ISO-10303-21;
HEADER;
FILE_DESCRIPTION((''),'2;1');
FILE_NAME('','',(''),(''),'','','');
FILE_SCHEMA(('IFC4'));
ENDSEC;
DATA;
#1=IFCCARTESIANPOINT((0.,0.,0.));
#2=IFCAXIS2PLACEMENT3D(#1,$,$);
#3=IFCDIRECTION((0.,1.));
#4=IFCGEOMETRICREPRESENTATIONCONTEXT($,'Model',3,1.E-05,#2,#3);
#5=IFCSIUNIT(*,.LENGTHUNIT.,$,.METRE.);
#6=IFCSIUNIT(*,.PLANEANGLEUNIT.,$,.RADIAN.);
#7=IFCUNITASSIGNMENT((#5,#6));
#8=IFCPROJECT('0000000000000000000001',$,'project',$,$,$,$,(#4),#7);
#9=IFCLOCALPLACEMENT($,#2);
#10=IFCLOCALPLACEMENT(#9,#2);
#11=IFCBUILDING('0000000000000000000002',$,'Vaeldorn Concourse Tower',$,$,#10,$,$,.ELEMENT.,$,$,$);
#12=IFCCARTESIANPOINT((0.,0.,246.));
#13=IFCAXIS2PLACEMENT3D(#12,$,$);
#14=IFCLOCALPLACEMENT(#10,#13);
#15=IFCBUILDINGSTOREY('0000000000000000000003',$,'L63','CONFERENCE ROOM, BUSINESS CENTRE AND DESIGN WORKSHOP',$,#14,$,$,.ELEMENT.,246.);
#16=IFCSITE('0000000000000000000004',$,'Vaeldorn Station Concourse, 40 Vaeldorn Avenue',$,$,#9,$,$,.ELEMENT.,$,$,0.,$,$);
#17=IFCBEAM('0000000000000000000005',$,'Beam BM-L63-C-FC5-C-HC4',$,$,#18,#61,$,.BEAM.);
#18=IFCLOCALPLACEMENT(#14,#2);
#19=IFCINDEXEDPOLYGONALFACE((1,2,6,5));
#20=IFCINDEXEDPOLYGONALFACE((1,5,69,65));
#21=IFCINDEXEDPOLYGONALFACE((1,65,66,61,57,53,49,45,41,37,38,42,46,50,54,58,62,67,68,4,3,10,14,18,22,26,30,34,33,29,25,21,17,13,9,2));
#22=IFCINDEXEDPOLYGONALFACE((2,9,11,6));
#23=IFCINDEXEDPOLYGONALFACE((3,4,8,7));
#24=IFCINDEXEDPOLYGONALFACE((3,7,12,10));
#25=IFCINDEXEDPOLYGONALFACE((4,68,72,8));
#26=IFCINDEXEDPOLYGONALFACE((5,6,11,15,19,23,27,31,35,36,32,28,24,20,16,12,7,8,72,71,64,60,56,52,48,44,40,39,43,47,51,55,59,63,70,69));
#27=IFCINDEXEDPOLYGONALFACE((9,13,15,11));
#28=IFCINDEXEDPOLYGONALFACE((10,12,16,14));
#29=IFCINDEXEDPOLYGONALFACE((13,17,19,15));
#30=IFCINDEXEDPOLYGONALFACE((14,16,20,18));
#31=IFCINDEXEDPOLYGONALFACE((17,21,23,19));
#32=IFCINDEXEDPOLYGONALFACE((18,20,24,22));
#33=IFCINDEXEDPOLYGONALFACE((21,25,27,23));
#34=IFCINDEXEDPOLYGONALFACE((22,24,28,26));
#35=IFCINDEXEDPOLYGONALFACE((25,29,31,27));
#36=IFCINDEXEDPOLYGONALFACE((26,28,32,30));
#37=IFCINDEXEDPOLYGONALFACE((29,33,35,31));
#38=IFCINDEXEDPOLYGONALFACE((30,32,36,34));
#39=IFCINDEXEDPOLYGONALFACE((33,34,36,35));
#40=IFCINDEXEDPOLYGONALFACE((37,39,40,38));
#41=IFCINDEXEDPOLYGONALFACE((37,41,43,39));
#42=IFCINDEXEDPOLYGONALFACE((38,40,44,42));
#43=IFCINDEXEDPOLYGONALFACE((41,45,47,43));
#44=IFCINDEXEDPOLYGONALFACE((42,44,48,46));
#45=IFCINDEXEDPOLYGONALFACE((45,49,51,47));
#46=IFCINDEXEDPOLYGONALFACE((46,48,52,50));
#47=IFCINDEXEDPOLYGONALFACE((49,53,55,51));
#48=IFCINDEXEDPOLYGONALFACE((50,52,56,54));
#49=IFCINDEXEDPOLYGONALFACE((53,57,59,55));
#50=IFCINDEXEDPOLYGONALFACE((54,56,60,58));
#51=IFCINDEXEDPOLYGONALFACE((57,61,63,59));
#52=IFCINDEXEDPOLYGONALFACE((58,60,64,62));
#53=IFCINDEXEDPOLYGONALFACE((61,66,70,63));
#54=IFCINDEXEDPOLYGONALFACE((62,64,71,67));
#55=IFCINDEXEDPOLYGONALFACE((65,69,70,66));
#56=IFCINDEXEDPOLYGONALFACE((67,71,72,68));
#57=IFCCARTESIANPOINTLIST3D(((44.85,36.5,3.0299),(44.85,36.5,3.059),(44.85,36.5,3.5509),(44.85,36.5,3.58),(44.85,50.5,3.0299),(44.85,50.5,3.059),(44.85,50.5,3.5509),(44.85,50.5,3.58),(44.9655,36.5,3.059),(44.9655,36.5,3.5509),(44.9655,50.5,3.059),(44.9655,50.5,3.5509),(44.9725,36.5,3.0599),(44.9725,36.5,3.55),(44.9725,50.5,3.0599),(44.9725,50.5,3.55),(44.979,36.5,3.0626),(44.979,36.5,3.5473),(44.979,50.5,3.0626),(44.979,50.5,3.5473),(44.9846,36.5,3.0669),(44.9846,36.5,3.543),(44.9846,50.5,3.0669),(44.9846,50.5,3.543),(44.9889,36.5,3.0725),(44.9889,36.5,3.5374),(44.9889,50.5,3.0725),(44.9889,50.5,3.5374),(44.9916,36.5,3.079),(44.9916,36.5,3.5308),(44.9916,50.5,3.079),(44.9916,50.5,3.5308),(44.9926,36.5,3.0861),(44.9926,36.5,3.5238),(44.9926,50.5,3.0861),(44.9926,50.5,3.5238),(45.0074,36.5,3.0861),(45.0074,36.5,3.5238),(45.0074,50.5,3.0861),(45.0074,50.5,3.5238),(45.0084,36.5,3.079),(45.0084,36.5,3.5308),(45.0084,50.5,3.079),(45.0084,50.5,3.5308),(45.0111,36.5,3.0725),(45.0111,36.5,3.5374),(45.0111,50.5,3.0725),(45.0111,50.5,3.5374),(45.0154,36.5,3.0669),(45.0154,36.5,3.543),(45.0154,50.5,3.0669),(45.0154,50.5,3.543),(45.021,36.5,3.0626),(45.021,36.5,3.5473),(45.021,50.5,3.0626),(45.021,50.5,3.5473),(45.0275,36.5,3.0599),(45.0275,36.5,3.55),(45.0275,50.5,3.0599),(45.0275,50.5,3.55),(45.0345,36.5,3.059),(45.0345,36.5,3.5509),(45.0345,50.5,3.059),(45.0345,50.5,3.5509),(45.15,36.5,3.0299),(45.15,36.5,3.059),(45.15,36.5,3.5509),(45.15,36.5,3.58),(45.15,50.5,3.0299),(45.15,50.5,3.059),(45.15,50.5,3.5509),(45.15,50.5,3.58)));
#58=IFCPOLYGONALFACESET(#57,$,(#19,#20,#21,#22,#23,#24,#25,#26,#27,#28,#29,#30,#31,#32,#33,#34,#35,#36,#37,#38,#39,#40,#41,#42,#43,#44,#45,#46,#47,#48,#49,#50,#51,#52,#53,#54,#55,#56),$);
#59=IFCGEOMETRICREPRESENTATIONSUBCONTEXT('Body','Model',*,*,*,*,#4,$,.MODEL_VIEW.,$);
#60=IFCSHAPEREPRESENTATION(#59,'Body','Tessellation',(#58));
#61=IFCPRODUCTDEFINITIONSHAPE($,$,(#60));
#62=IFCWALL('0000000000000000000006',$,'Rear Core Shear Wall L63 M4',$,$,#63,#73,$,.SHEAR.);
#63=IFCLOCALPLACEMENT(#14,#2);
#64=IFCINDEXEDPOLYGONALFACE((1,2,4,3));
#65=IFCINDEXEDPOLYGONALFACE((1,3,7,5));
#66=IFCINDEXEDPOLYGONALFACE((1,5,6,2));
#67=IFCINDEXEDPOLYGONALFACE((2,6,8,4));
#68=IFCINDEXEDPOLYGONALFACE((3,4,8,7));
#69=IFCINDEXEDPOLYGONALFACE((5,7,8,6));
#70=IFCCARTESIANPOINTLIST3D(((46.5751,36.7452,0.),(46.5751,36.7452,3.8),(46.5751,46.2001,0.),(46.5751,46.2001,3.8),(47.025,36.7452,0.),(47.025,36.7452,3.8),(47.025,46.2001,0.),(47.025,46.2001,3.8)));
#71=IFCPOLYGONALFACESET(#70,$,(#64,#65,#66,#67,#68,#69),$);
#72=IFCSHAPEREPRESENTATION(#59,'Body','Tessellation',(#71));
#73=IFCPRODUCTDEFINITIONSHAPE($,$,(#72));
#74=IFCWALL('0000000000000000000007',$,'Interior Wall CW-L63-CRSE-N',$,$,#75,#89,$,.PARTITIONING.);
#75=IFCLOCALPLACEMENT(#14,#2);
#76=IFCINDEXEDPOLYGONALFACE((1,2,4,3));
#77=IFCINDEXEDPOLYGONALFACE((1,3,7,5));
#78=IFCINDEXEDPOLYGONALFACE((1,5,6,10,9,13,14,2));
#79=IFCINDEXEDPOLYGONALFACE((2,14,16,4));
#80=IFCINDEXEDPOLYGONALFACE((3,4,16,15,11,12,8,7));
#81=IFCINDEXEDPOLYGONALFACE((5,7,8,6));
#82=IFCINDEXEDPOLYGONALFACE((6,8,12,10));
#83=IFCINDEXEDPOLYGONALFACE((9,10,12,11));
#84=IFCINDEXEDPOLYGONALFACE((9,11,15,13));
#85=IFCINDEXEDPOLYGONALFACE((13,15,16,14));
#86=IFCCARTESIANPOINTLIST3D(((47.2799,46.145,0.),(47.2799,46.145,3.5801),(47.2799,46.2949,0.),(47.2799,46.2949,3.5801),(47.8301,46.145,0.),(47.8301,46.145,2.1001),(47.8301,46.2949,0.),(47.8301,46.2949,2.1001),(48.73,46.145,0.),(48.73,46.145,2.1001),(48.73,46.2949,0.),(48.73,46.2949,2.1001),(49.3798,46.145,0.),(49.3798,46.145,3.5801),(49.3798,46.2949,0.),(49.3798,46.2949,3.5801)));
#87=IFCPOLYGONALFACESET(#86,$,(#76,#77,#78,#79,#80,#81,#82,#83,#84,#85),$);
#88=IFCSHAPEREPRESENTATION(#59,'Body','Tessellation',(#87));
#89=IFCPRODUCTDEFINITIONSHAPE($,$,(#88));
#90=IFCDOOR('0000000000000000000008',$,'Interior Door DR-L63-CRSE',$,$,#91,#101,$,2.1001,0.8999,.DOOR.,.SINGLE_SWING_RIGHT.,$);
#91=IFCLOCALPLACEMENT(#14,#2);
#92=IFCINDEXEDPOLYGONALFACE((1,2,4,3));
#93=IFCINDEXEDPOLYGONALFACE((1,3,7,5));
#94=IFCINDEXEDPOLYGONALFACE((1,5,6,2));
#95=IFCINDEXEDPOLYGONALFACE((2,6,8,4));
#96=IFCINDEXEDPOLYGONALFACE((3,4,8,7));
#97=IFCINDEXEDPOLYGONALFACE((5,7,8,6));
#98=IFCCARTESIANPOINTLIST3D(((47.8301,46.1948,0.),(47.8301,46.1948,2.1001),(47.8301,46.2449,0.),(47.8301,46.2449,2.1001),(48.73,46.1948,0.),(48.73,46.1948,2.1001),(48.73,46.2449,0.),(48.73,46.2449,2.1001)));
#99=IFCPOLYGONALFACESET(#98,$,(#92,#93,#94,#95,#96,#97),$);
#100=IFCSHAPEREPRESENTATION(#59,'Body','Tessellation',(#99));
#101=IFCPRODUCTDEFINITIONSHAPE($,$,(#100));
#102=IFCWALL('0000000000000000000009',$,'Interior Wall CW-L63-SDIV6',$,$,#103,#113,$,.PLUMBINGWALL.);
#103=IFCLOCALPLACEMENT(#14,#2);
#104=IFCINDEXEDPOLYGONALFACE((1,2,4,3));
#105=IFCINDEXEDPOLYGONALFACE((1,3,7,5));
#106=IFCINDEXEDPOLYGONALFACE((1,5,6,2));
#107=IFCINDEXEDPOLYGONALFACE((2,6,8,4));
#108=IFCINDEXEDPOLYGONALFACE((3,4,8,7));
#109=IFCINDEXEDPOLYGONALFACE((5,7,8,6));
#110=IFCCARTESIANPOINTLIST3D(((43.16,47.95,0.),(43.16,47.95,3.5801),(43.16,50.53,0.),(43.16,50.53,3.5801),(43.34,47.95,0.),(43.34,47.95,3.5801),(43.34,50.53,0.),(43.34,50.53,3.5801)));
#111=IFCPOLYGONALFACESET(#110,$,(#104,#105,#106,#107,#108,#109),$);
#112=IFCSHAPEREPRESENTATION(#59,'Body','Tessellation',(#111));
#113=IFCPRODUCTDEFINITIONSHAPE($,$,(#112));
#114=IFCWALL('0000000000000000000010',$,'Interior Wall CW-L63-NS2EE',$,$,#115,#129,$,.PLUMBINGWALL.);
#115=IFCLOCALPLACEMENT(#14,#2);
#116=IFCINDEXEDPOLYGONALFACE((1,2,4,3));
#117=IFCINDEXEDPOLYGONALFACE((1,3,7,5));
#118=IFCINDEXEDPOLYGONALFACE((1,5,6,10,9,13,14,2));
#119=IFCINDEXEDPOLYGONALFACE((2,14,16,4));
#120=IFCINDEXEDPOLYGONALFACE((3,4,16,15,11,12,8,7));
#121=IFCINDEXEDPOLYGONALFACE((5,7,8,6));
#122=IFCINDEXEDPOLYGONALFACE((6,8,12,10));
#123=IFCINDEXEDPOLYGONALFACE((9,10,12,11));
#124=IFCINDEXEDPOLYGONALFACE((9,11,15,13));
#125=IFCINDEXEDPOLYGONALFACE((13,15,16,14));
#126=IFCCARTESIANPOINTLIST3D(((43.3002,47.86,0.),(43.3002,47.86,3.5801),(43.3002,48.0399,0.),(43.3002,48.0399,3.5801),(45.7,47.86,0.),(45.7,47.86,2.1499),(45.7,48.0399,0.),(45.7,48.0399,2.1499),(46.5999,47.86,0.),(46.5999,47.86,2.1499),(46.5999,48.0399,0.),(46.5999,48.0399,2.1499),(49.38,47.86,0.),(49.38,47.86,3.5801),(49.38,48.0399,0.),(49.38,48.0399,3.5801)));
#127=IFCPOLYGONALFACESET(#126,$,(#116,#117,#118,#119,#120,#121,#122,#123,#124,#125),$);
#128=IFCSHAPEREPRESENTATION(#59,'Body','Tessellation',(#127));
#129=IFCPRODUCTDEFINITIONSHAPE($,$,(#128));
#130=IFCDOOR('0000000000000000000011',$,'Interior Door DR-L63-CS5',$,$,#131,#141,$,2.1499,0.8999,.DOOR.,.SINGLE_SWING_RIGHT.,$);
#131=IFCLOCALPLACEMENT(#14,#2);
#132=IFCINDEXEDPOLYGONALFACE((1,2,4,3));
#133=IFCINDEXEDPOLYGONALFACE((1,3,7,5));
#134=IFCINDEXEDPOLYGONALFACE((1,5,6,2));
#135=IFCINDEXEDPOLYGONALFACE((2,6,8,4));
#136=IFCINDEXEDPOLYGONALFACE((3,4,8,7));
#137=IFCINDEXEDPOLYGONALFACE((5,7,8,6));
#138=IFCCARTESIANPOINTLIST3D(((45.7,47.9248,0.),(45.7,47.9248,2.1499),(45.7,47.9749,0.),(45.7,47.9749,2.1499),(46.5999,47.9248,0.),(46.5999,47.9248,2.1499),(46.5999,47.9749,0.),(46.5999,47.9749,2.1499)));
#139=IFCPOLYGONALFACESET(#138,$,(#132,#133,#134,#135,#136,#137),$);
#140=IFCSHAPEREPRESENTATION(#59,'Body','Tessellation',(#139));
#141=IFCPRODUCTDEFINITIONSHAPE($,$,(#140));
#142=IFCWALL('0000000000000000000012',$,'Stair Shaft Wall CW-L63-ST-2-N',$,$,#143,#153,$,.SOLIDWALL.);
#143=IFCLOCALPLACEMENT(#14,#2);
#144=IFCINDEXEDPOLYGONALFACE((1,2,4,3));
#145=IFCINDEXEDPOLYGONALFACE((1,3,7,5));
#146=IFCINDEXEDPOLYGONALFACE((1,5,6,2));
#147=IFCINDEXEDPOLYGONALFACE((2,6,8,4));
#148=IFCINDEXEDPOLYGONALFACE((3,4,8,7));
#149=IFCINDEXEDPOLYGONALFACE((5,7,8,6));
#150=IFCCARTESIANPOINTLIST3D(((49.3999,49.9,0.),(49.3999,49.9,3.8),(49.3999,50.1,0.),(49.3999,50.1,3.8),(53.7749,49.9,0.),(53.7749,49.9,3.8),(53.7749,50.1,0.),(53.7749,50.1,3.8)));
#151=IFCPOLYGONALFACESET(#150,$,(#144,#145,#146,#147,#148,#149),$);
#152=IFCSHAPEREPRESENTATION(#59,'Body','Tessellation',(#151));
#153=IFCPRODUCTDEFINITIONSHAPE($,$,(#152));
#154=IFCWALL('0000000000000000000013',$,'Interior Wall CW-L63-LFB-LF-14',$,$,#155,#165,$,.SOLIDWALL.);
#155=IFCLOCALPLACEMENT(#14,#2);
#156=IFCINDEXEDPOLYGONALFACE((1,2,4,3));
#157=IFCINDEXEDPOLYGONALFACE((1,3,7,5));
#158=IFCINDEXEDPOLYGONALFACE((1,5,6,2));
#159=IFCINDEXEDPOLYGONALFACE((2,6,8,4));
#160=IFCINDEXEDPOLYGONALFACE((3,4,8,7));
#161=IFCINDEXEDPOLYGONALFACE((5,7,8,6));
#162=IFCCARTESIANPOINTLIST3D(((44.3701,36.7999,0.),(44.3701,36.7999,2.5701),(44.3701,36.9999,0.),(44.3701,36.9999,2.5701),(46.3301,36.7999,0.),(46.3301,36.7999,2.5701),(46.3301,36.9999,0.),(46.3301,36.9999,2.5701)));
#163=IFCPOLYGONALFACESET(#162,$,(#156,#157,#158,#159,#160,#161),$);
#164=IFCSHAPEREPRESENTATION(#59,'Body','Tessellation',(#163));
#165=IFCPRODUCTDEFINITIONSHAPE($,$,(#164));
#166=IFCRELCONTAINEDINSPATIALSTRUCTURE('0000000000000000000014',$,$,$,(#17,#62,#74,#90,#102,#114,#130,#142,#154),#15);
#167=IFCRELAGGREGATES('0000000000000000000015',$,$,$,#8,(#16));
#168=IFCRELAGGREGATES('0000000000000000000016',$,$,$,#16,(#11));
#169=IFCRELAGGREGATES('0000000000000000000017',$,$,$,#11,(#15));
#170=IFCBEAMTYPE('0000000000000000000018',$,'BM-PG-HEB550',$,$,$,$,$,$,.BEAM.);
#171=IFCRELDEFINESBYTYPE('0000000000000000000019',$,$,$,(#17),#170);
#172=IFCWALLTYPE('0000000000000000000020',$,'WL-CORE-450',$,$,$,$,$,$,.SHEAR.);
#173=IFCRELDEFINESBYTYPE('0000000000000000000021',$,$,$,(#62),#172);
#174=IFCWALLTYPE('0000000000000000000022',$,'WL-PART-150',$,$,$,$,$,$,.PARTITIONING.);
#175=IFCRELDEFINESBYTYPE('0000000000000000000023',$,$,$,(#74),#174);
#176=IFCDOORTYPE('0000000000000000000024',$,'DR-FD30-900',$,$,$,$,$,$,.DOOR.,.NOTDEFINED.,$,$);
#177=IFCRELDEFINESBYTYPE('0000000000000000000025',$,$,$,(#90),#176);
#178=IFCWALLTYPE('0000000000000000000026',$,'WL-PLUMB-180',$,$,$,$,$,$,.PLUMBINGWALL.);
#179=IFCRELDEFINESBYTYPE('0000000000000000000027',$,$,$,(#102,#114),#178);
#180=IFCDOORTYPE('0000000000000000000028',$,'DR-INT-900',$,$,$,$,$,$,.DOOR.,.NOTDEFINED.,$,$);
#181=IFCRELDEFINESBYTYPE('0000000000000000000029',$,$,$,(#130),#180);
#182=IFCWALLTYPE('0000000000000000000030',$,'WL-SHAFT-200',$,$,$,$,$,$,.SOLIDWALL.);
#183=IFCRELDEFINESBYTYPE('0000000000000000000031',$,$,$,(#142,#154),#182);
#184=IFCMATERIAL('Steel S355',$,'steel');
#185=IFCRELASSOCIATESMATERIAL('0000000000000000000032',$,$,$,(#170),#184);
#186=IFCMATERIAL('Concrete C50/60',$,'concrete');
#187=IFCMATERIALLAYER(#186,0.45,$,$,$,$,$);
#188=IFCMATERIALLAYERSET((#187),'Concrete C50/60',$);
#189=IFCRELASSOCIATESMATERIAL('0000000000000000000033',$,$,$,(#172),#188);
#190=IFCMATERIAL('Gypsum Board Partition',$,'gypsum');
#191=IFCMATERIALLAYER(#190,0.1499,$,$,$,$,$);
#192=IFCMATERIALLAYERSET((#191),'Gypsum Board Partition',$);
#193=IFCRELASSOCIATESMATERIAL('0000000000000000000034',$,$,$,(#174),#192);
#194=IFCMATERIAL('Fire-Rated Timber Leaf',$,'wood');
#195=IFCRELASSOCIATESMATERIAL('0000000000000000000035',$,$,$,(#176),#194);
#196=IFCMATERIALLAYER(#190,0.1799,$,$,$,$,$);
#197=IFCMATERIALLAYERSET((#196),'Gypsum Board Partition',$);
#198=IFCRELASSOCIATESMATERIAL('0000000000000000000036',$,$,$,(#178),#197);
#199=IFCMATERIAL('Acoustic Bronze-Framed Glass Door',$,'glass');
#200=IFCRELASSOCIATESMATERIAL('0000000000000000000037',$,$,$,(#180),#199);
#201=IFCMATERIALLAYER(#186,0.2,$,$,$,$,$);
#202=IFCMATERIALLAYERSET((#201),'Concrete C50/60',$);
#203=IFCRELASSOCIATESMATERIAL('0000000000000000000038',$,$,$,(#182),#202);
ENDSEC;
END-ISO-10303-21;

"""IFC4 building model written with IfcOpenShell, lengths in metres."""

from ifc_helpers import new_model, si_unit, direction, frame, frame_2d, origin, origin_2d, place, context, subcontext, project, spatial, rectangle, i_section, extrude, source, transform, mapped, material, layer, layer_set, material_profile, profile_set, type_object, element, fill, save


model = new_model("IFC4")

# Units and contexts
model_context = context("Model", 3, precision=1e-05, world=origin(), true_north=direction((0.0, 1.0)))
body_context = subcontext(model_context, "Body", "Model", "MODEL_VIEW")
ifc_project = project(units=[si_unit("LENGTHUNIT", "METRE"), si_unit("PLANEANGLEUNIT", "RADIAN")], contexts=[model_context])

# Site, building, storey
site_placement = place(None, origin())
site = spatial("IfcSite", under=ifc_project, at=site_placement, Name="Vaeldorn Station Concourse, 40 Vaeldorn Avenue", CompositionType="ELEMENT", RefElevation=0.0)
building_placement = place(site_placement, origin())
building = spatial("IfcBuilding", under=site, at=building_placement, Name="Vaeldorn Concourse Tower", CompositionType="ELEMENT")
storey_placement = place(building_placement, frame((0.0, 0.0, 246.0)))
storey = spatial("IfcBuildingStorey", under=building, at=storey_placement, Name="L63", Description="CONFERENCE ROOM, BUSINESS CENTRE AND DESIGN WORKSHOP", CompositionType="ELEMENT", Elevation=246.0)

# Beam
ifc_material_1 = material(Name="Concrete C50/60", Category="concrete")
ifc_material_2 = material(Name="Steel S355", Category="steel")
ifc_material_profile_1 = material_profile(ifc_material_2, i_section(OverallWidth=0.3, OverallDepth=0.55, WebThickness=0.0149, FlangeThickness=0.0291, FilletRadius=0.0271, at=origin_2d()), Name="HEB 550")
ifc_profile_set_1 = profile_set([ifc_material_profile_1], Name="Steel S355")
beam_type_1 = type_object("IfcBeamType", Name="BM-PG-HEB550", PredefinedType="BEAM", material=ifc_profile_set_1)
shared_shape_1 = source(origin(), body_context, "Body", "SweptSolid", [
    extrude(i_section(OverallWidth=0.3, OverallDepth=0.55, WebThickness=0.0149, FlangeThickness=0.0291, FilletRadius=0.0271, at=origin_2d()), origin(), (0.0, 0.0, 1.0), 14.0),
])
beam_1_placement = place(storey_placement, frame((45.0, 36.5, 3.3049), z_axis=(0.0, 1.0, 0.0), x_axis=(-1.0, 0.0, 0.0)))
element("IfcBeam", 1, at=beam_1_placement, inside=storey, type_object=beam_type_1, Name="Beam BM-L63-C-FC5-C-HC4", PredefinedType="BEAM", context=body_context, shape_type="MappedRepresentation", body=[
    mapped(shared_shape_1, transform((0.0, 0.0, 0.0), scale=1.0)),
])

# Wall
ifc_layer_1 = layer(ifc_material_1, 0.45)
ifc_layer_set_1 = layer_set([ifc_layer_1], Name="Concrete C50/60")
wall_type_1 = type_object("IfcWallType", Name="WL-CORE-450", PredefinedType="SHEAR", material=ifc_layer_set_1)
wall_1_placement = place(storey_placement, frame((46.8, 36.7451, 0.0), z_axis=(0.0, 0.0, 1.0), x_axis=(0.0, 1.0, 0.0)))
element("IfcWall", 2, at=wall_1_placement, inside=storey, type_object=wall_type_1, Name="Rear Core Shear Wall L63 M4", PredefinedType="SHEAR", context=body_context, shape_type="SweptSolid", body=[
    extrude(rectangle(XDim=9.4548, YDim=0.45, at=frame_2d((4.7275, 0.0))), origin(), (0.0, 0.0, 1.0), 3.8),
])

# Wall, opening, door
ifc_material_3 = material(Name="Gypsum Board Partition", Category="gypsum")
ifc_layer_2 = layer(ifc_material_3, 0.1499)
ifc_layer_set_2 = layer_set([ifc_layer_2], Name="Gypsum Board Partition")
wall_type_2 = type_object("IfcWallType", Name="WL-PART-150", PredefinedType="PARTITIONING", material=ifc_layer_set_2)
wall_2_placement = place(storey_placement, frame((47.28, 46.22, 0.0), z_axis=(0.0, 0.0, 1.0), x_axis=(1.0, 0.0, 0.0)))
wall_2 = element("IfcWall", 3, at=wall_2_placement, inside=storey, type_object=wall_type_2, Name="Interior Wall CW-L63-CRSE-N", PredefinedType="PARTITIONING", context=body_context, shape_type="SweptSolid", body=[
    extrude(rectangle(XDim=2.0999, YDim=0.1499, at=frame_2d((1.0498, 0.0))), origin(), (0.0, 0.0, 1.0), 3.5801),
])
opening_1_placement = place(wall_2_placement, frame((0.55, 0.0, 0.0)))
opening_1 = element("IfcOpeningElement", 4, at=opening_1_placement, cuts=wall_2, PredefinedType="OPENING", context=body_context, shape_type="SweptSolid", body=[
    extrude(rectangle(XDim=0.8999, YDim=2.1001, at=frame_2d((0.45, 1.05))), frame((0.0, 0.085, 0.0), z_axis=(0.0, -1.0, 0.0), x_axis=(1.0, 0.0, 0.0)), (0.0, 0.0, 1.0), 0.1699),
])
ifc_material_4 = material(Name="Fire-Rated Timber Leaf", Category="wood")
door_type_1 = type_object("IfcDoorType", Name="DR-FD30-900", OperationType="NOTDEFINED", PredefinedType="DOOR", material=ifc_material_4)
shared_shape_2 = source(origin(), body_context, "Body", "SweptSolid", [
    extrude(rectangle(XDim=0.8999, YDim=2.1001, at=frame_2d((0.45, 1.05))), frame((0.0, 0.0249, 0.0), z_axis=(0.0, -1.0, 0.0), x_axis=(1.0, 0.0, 0.0)), (0.0, 0.0, 1.0), 0.05),
])
door_1_placement = place(opening_1_placement, origin())
door_1 = element("IfcDoor", 5, at=door_1_placement, inside=storey, type_object=door_type_1, Name="Interior Door DR-L63-CRSE", OperationType="SINGLE_SWING_RIGHT", OverallHeight=2.1001, OverallWidth=0.8999, PredefinedType="DOOR", context=body_context, shape_type="MappedRepresentation", body=[
    mapped(shared_shape_2, transform((0.0, 0.0, 0.0), scale=1.0)),
])
fill(opening_1, door_1)

# Wall
ifc_layer_3 = layer(ifc_material_3, 0.1799)
ifc_layer_set_3 = layer_set([ifc_layer_3], Name="Gypsum Board Partition")
wall_type_3 = type_object("IfcWallType", Name="WL-PLUMB-180", PredefinedType="PLUMBINGWALL", material=ifc_layer_set_3)
wall_3_placement = place(storey_placement, frame((43.25, 47.95, 0.0), z_axis=(0.0, 0.0, 1.0), x_axis=(0.0, 1.0, 0.0)))
element("IfcWall", 6, at=wall_3_placement, inside=storey, type_object=wall_type_3, Name="Interior Wall CW-L63-SDIV6", PredefinedType="PLUMBINGWALL", context=body_context, shape_type="SweptSolid", body=[
    extrude(rectangle(XDim=2.5801, YDim=0.1799, at=frame_2d((1.29, 0.0))), origin(), (0.0, 0.0, 1.0), 3.5801),
])

# Wall, opening, door
wall_4_placement = place(storey_placement, frame((43.3, 47.95, 0.0), z_axis=(0.0, 0.0, 1.0), x_axis=(1.0, 0.0, 0.0)))
wall_4 = element("IfcWall", 7, at=wall_4_placement, inside=storey, type_object=wall_type_3, Name="Interior Wall CW-L63-NS2EE", PredefinedType="PLUMBINGWALL", context=body_context, shape_type="SweptSolid", body=[
    extrude(rectangle(XDim=6.0798, YDim=0.1799, at=frame_2d((3.04, 0.0))), origin(), (0.0, 0.0, 1.0), 3.5801),
])
opening_2_placement = place(wall_4_placement, frame((2.3999, 0.0, 0.0)))
opening_2 = element("IfcOpeningElement", 8, at=opening_2_placement, cuts=wall_4, PredefinedType="OPENING", context=body_context, shape_type="SweptSolid", body=[
    extrude(rectangle(XDim=0.8999, YDim=2.1499, at=frame_2d((0.45, 1.075))), frame((0.0, 0.1001, 0.0), z_axis=(0.0, -1.0, 0.0), x_axis=(1.0, 0.0, 0.0)), (0.0, 0.0, 1.0), 0.2),
])
ifc_material_5 = material(Name="Acoustic Bronze-Framed Glass Door", Category="glass")
door_type_2 = type_object("IfcDoorType", Name="DR-INT-900", OperationType="NOTDEFINED", PredefinedType="DOOR", material=ifc_material_5)
shared_shape_3 = source(origin(), body_context, "Body", "SweptSolid", [
    extrude(rectangle(XDim=0.8999, YDim=2.1499, at=frame_2d((0.45, 1.075))), frame((0.0, 0.0249, 0.0), z_axis=(0.0, -1.0, 0.0), x_axis=(1.0, 0.0, 0.0)), (0.0, 0.0, 1.0), 0.05),
])
door_2_placement = place(opening_2_placement, origin())
door_2 = element("IfcDoor", 9, at=door_2_placement, inside=storey, type_object=door_type_2, Name="Interior Door DR-L63-CS5", OperationType="SINGLE_SWING_RIGHT", OverallHeight=2.1499, OverallWidth=0.8999, PredefinedType="DOOR", context=body_context, shape_type="MappedRepresentation", body=[
    mapped(shared_shape_3, transform((0.0, 0.0, 0.0), scale=1.0)),
])
fill(opening_2, door_2)
ifc_layer_4 = layer(ifc_material_1, 0.2)
ifc_layer_set_4 = layer_set([ifc_layer_4], Name="Concrete C50/60")
wall_type_4 = type_object("IfcWallType", Name="WL-SHAFT-200", PredefinedType="SOLIDWALL", material=ifc_layer_set_4)

# Wall
wall_5_placement = place(storey_placement, frame((49.3999, 50.0, 0.0), z_axis=(0.0, 0.0, 1.0), x_axis=(1.0, 0.0, 0.0)))
element("IfcWall", 10, at=wall_5_placement, inside=storey, type_object=wall_type_4, Name="Stair Shaft Wall CW-L63-ST-2-N", PredefinedType="SOLIDWALL", context=body_context, shape_type="SweptSolid", body=[
    extrude(rectangle(XDim=4.375, YDim=0.2, at=frame_2d((2.1875, 0.0))), origin(), (0.0, 0.0, 1.0), 3.8),
])

# Wall
wall_6_placement = place(storey_placement, frame((44.3701, 36.8999, 0.0), z_axis=(0.0, 0.0, 1.0), x_axis=(1.0, 0.0, 0.0)))
element("IfcWall", 11, at=wall_6_placement, inside=storey, type_object=wall_type_4, Name="Interior Wall CW-L63-LFB-LF-14", PredefinedType="SOLIDWALL", context=body_context, shape_type="SweptSolid", body=[
    extrude(rectangle(XDim=1.96, YDim=0.2, at=frame_2d((0.98, 0.0))), origin(), (0.0, 0.0, 1.0), 2.5701),
])

save(model, "model.ifc")
